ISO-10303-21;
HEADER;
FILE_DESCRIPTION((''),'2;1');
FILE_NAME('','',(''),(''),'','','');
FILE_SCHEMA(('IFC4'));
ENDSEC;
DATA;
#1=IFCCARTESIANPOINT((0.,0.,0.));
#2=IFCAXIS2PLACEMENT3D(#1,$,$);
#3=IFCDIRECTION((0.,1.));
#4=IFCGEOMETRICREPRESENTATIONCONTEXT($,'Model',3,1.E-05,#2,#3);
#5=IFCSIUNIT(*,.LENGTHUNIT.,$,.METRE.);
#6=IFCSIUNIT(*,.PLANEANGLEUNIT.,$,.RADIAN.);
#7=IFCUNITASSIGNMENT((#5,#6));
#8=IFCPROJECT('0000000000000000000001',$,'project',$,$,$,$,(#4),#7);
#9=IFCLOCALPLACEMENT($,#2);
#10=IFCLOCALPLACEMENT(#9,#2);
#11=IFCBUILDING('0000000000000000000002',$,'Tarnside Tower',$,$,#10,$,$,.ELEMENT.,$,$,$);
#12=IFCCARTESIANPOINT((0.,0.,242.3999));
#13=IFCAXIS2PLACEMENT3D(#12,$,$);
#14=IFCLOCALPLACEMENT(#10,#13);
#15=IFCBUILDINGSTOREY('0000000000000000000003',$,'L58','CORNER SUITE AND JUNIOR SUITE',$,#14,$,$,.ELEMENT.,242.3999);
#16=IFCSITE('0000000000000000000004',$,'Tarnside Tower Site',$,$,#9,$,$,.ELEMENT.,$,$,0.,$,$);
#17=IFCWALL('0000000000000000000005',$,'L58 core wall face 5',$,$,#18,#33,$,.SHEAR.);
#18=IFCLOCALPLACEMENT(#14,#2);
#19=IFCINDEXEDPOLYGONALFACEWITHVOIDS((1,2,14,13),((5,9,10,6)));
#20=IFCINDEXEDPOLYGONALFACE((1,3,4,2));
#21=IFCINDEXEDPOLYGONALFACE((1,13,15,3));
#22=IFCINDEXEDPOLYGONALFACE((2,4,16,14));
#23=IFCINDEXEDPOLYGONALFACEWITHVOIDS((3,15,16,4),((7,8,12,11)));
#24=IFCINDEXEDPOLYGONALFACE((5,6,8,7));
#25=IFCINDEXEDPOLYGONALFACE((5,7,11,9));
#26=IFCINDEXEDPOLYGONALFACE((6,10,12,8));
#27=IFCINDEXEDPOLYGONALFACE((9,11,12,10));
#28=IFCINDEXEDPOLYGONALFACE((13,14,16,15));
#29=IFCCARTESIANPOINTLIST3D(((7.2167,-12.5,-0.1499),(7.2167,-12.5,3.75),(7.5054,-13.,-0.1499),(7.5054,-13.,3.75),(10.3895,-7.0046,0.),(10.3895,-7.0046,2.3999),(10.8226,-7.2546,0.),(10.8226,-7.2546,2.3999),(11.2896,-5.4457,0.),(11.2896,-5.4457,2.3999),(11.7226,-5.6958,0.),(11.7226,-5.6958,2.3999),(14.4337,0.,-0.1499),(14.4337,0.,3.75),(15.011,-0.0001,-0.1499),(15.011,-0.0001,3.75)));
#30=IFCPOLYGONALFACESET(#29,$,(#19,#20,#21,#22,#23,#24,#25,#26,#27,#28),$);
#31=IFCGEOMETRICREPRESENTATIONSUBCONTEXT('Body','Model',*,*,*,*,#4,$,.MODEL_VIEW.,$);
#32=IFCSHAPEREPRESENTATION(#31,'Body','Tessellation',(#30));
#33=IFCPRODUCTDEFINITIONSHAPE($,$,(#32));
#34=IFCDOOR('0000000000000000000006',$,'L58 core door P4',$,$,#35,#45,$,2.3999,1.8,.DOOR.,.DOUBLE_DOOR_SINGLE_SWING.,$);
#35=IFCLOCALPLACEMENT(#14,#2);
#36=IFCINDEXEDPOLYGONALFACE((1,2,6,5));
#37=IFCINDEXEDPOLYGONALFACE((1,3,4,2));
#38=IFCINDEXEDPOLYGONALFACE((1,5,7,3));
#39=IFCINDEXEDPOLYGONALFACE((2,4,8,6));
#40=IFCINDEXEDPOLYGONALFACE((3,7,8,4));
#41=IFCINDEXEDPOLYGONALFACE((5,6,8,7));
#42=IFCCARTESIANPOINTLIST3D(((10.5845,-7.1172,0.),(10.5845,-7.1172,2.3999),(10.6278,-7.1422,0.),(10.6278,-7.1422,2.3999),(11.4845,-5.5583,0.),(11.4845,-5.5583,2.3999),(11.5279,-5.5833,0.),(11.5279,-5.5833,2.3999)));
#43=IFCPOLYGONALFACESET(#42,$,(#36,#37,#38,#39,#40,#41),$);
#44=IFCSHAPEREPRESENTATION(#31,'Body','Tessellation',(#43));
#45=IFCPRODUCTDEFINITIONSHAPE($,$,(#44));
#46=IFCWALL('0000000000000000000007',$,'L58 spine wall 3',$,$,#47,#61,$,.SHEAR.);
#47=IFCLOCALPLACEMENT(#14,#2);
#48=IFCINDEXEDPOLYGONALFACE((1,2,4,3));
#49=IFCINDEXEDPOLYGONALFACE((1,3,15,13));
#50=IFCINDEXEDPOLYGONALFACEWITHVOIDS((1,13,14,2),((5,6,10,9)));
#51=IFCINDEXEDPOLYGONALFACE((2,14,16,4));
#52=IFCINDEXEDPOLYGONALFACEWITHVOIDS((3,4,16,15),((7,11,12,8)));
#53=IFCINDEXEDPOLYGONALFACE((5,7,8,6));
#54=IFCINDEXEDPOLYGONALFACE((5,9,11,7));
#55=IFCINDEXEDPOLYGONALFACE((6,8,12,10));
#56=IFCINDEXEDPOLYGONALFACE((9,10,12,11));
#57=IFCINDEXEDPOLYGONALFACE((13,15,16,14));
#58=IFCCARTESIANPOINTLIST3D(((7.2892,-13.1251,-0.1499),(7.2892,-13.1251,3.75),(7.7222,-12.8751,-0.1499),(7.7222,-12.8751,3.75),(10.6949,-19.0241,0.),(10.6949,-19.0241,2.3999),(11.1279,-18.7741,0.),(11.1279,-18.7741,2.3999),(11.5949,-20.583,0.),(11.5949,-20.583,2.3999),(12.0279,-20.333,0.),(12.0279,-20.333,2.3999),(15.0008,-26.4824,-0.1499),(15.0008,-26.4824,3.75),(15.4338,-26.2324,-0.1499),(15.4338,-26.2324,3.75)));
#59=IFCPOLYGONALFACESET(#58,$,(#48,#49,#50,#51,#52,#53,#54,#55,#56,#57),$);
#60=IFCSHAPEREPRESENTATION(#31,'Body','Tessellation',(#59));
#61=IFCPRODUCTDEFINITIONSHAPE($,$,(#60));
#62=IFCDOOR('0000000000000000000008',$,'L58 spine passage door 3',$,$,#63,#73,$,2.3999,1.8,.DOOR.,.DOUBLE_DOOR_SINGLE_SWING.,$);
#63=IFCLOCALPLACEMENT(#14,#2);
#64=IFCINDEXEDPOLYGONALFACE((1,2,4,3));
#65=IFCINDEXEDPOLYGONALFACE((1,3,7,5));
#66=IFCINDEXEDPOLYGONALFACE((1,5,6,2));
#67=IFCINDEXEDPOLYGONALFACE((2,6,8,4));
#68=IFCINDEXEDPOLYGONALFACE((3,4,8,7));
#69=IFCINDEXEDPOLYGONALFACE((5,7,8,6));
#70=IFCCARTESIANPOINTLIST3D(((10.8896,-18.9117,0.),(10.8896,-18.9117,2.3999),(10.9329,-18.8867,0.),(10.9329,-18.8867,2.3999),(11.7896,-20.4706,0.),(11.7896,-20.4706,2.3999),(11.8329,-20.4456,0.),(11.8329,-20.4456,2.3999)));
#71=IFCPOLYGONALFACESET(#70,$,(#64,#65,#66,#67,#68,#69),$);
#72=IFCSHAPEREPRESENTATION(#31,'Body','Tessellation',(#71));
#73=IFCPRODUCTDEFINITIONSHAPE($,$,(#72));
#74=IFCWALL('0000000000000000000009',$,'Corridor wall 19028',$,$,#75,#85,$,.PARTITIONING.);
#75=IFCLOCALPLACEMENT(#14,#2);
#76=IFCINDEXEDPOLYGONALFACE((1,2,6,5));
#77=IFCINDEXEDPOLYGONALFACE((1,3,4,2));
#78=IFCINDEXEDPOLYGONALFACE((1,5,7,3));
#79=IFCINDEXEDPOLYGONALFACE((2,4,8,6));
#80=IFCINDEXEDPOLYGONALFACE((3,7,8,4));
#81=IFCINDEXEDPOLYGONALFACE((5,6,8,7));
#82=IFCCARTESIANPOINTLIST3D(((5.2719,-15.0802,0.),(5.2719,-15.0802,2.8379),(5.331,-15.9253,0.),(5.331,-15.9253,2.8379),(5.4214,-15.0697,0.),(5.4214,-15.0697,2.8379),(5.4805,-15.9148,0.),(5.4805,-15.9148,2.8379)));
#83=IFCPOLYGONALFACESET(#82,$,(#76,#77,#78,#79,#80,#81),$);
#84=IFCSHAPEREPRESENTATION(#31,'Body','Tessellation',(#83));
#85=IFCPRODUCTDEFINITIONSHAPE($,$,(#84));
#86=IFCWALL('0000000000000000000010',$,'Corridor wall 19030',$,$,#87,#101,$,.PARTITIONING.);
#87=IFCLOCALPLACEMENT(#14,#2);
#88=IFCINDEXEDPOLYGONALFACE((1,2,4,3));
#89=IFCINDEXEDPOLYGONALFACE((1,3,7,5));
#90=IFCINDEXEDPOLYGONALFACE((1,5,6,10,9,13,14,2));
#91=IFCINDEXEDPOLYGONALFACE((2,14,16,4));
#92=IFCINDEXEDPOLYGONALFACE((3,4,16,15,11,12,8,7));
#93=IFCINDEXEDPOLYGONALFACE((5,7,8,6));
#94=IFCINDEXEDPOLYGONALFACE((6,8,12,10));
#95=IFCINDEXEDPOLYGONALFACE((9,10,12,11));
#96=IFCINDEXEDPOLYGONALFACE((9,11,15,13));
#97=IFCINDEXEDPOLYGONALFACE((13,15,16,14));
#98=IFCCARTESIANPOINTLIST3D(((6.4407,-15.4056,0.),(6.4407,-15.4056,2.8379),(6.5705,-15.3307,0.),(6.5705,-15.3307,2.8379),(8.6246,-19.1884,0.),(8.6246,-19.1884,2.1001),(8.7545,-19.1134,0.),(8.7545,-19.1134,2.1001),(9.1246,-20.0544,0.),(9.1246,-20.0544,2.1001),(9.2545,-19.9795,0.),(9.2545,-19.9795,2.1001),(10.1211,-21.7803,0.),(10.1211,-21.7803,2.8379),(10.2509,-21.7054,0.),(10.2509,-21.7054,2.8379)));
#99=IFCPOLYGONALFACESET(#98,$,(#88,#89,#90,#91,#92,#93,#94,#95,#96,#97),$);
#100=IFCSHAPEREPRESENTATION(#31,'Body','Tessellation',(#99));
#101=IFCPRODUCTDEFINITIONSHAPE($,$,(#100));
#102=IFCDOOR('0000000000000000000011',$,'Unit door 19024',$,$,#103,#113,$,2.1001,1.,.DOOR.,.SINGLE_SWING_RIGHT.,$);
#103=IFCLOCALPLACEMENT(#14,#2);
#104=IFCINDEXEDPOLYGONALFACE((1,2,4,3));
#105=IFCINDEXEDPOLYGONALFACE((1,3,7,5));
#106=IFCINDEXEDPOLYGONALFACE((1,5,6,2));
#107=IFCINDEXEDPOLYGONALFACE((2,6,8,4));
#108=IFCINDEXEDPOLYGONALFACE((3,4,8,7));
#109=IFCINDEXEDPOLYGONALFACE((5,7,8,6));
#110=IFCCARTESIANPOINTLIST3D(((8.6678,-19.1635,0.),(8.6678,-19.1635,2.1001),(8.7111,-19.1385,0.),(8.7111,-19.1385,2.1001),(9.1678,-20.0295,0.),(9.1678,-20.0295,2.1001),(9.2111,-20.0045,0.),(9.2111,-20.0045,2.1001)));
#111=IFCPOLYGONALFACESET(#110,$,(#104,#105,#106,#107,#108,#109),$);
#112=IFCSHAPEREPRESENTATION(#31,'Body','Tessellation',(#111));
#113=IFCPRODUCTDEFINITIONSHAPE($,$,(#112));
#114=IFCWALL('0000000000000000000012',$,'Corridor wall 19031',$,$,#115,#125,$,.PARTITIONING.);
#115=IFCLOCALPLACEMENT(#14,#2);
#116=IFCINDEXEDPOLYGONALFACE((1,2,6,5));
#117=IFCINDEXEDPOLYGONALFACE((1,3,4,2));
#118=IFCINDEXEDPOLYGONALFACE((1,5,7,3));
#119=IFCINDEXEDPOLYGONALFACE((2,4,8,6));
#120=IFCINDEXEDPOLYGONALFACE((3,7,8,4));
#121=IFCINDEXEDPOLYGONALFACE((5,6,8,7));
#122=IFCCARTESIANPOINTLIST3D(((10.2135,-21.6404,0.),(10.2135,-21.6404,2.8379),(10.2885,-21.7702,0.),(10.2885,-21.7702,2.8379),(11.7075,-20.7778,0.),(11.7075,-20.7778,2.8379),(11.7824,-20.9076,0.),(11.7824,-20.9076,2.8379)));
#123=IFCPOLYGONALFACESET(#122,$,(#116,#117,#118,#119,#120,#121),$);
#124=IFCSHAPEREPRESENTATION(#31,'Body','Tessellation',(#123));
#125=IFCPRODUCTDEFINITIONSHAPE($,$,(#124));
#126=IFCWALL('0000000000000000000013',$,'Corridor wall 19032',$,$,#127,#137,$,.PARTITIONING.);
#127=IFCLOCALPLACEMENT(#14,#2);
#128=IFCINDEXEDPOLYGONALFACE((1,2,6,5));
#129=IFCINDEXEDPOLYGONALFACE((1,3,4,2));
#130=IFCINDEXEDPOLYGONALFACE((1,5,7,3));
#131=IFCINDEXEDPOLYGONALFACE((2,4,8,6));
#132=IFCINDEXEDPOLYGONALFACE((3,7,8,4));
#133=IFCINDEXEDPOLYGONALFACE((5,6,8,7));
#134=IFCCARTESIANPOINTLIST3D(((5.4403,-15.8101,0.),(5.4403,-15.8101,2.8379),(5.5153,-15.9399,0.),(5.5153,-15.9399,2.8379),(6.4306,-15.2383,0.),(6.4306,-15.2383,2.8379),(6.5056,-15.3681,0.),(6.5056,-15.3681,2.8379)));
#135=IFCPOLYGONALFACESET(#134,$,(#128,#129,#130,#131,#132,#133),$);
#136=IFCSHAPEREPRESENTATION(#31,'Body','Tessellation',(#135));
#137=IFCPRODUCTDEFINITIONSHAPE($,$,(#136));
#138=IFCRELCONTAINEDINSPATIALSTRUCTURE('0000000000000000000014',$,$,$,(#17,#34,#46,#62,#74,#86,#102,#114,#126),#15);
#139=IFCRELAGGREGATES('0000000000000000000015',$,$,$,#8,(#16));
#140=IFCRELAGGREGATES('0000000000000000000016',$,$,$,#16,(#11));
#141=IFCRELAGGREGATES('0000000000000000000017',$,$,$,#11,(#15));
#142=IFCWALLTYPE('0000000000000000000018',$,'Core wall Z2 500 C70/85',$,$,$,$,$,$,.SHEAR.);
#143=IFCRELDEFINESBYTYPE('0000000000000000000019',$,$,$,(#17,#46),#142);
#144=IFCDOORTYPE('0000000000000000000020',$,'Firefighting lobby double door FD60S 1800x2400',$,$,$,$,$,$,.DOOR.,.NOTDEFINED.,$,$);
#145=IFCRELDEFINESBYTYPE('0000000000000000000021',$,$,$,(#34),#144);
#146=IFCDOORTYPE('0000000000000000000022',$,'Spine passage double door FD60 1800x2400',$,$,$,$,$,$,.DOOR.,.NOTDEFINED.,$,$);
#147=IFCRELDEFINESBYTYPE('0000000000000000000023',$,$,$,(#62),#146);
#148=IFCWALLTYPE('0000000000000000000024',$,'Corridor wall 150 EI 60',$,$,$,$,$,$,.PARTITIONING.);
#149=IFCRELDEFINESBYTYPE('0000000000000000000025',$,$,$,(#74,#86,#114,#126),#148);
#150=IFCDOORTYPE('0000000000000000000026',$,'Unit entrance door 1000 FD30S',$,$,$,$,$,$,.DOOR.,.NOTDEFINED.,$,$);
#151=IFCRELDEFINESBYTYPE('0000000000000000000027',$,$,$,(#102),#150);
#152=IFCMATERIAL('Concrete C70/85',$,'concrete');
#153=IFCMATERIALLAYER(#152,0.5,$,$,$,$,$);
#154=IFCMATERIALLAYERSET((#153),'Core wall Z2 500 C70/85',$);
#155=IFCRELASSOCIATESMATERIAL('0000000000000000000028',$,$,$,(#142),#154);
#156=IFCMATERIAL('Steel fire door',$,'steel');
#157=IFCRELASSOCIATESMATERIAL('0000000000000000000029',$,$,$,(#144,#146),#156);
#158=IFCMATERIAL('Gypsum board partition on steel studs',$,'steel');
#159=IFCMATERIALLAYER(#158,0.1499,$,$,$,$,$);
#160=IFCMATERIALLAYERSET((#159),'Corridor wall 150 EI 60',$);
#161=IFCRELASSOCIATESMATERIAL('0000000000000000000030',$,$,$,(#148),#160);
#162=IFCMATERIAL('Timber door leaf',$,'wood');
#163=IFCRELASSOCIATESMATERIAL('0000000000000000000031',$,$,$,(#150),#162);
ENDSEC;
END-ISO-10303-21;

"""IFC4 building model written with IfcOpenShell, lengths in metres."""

from ifc_helpers import new_model, si_unit, direction, frame, frame_2d, origin, place, context, subcontext, project, spatial, polyline, rectangle, outline, extrude, material, layer, layer_set, type_object, element, fill, save


model = new_model("IFC4")

# Units and contexts
model_context = context("Model", 3, precision=1e-05, world=origin(), true_north=direction((0.0, 1.0)))
body_context = subcontext(model_context, "Body", "Model", "MODEL_VIEW")
ifc_project = project(units=[si_unit("LENGTHUNIT", "METRE"), si_unit("PLANEANGLEUNIT", "RADIAN")], contexts=[model_context])

# Site, building, storey
site_placement = place(None, origin())
site = spatial("IfcSite", under=ifc_project, at=site_placement, Name="Tarnside Tower Site", CompositionType="ELEMENT", RefElevation=0.0)
building_placement = place(site_placement, origin())
building = spatial("IfcBuilding", under=site, at=building_placement, Name="Tarnside Tower", CompositionType="ELEMENT")
storey_placement = place(building_placement, frame((0.0, 0.0, 242.3999)))
storey = spatial("IfcBuildingStorey", under=building, at=storey_placement, Name="L58", Description="CORNER SUITE AND JUNIOR SUITE", CompositionType="ELEMENT", Elevation=242.3999)

# Walls, openings, doors
ifc_material_1 = material(Name="Gypsum board partition on steel studs", Category="steel")
ifc_material_2 = material(Name="Timber door leaf", Category="wood")
ifc_material_3 = material(Name="Concrete C70/85", Category="concrete")
ifc_layer_1 = layer(ifc_material_3, 0.5)
ifc_layer_set_1 = layer_set([ifc_layer_1], Name="Core wall Z2 500 C70/85")
wall_type_1 = type_object("IfcWallType", Name="Core wall Z2 500 C70/85", PredefinedType="SHEAR", material=ifc_layer_set_1)
wall_1_placement = place(storey_placement, frame((7.3611, -12.75, -0.1499), z_axis=(0.0, 0.0, 1.0), x_axis=(0.500006, 0.866022, 0.0)))
wall_1 = element("IfcWall", 1, at=wall_1_placement, inside=storey, type_object=wall_type_1, Name="L58 core wall face 5", PredefinedType="SHEAR", context=body_context, shape_type="SweptSolid", body=[
    extrude(outline(polyline([(-0.1443, -0.25), (14.8667, -0.25), (14.5781, 0.25), (0.1443, 0.25), (-0.1443, -0.25)])), origin(), (0.0, 0.0, 1.0), 3.8999),
])
opening_1_placement = place(wall_1_placement, frame((6.49, 0.0, 0.1499)))
opening_1 = element("IfcOpeningElement", 2, at=opening_1_placement, cuts=wall_1, PredefinedType="OPENING", context=body_context, shape_type="SweptSolid", body=[
    extrude(rectangle(XDim=1.8, YDim=2.3999, at=frame_2d((0.8999, 1.2))), frame((0.0, 0.26, 0.0), z_axis=(0.0, -1.0, 0.0), x_axis=(1.0, 0.0, 0.0)), (0.0, 0.0, 1.0), 0.52),
])
ifc_material_4 = material(Name="Steel fire door", Category="steel")
door_type_1 = type_object("IfcDoorType", Name="Firefighting lobby double door FD60S 1800x2400", OperationType="NOTDEFINED", PredefinedType="DOOR", material=ifc_material_4)
door_1_placement = place(opening_1_placement, origin())
door_1 = element("IfcDoor", 3, at=door_1_placement, inside=storey, type_object=door_type_1, Name="L58 core door P4", OperationType="DOUBLE_DOOR_SINGLE_SWING", OverallHeight=2.3999, OverallWidth=1.8, PredefinedType="DOOR", context=body_context, shape_type="SweptSolid", body=[
    extrude(rectangle(XDim=1.8, YDim=2.3999, at=frame_2d((0.8999, 1.2))), frame((0.0, 0.0249, 0.0), z_axis=(0.0, -1.0, 0.0), x_axis=(1.0, 0.0, 0.0)), (0.0, 0.0, 1.0), 0.05),
])
fill(opening_1, door_1)
wall_2_placement = place(storey_placement, frame((7.5056, -13.0, -0.1499), z_axis=(0.0, 0.0, 1.0), x_axis=(0.499988, -0.866032, 0.0)))
wall_2 = element("IfcWall", 4, at=wall_2_placement, inside=storey, type_object=wall_type_1, Name="L58 spine wall 3", PredefinedType="SHEAR", context=body_context, shape_type="SweptSolid", body=[
    extrude(rectangle(XDim=15.4236, YDim=0.5, at=frame_2d((7.7119, 0.0))), origin(), (0.0, 0.0, 1.0), 3.8999),
])
opening_2_placement = place(wall_2_placement, frame((6.8118, 0.0, 0.1499)))
opening_2 = element("IfcOpeningElement", 5, at=opening_2_placement, cuts=wall_2, PredefinedType="OPENING", context=body_context, shape_type="SweptSolid", body=[
    extrude(rectangle(XDim=1.8, YDim=2.3999, at=frame_2d((0.8999, 1.2))), frame((0.0, 0.26, 0.0), z_axis=(0.0, -1.0, 0.0), x_axis=(1.0, 0.0, 0.0)), (0.0, 0.0, 1.0), 0.52),
])
door_type_2 = type_object("IfcDoorType", Name="Spine passage double door FD60 1800x2400", OperationType="NOTDEFINED", PredefinedType="DOOR", material=ifc_material_4)
door_2_placement = place(opening_2_placement, origin())
door_2 = element("IfcDoor", 6, at=door_2_placement, inside=storey, type_object=door_type_2, Name="L58 spine passage door 3", OperationType="DOUBLE_DOOR_SINGLE_SWING", OverallHeight=2.3999, OverallWidth=1.8, PredefinedType="DOOR", context=body_context, shape_type="SweptSolid", body=[
    extrude(rectangle(XDim=1.8, YDim=2.3999, at=frame_2d((0.8999, 1.2))), frame((0.0, 0.0249, 0.0), z_axis=(0.0, -1.0, 0.0), x_axis=(1.0, 0.0, 0.0)), (0.0, 0.0, 1.0), 0.05),
])
fill(opening_2, door_2)

# Wall
ifc_layer_2 = layer(ifc_material_1, 0.1499)
ifc_layer_set_2 = layer_set([ifc_layer_2], Name="Corridor wall 150 EI 60")
wall_type_2 = type_object("IfcWallType", Name="Corridor wall 150 EI 60", PredefinedType="PARTITIONING", material=ifc_layer_set_2)
wall_3_placement = place(storey_placement, frame((5.3467, -15.075, 0.0), z_axis=(0.0, 0.0, 1.0), x_axis=(0.069732, -0.997566, 0.0)))
element("IfcWall", 7, at=wall_3_placement, inside=storey, type_object=wall_type_2, Name="Corridor wall 19028", PredefinedType="PARTITIONING", context=body_context, shape_type="SweptSolid", body=[
    extrude(rectangle(XDim=0.8472, YDim=0.1499, at=frame_2d((0.4236, 0.0))), origin(), (0.0, 0.0, 1.0), 2.8379),
])

# Wall, opening, door
wall_4_placement = place(storey_placement, frame((6.5056, -15.3682, 0.0), z_axis=(0.0, 0.0, 1.0), x_axis=(0.499995, -0.866028, 0.0)))
wall_4 = element("IfcWall", 8, at=wall_4_placement, inside=storey, type_object=wall_type_2, Name="Corridor wall 19030", PredefinedType="PARTITIONING", context=body_context, shape_type="SweptSolid", body=[
    extrude(rectangle(XDim=7.3608, YDim=0.1499, at=frame_2d((3.6804, 0.0))), origin(), (0.0, 0.0, 1.0), 2.8379),
])
opening_3_placement = place(wall_4_placement, frame((4.3679, 0.0, 0.0)))
opening_3 = element("IfcOpeningElement", 9, at=opening_3_placement, cuts=wall_4, PredefinedType="OPENING", context=body_context, shape_type="SweptSolid", body=[
    extrude(rectangle(XDim=1.0, YDim=2.1001, at=frame_2d((0.5, 1.05))), frame((0.0, 0.085, 0.0), z_axis=(0.0, -1.0, 0.0), x_axis=(1.0, 0.0, 0.0)), (0.0, 0.0, 1.0), 0.1699),
])
door_type_3 = type_object("IfcDoorType", Name="Unit entrance door 1000 FD30S", OperationType="NOTDEFINED", PredefinedType="DOOR", material=ifc_material_2)
door_3_placement = place(opening_3_placement, origin())
door_3 = element("IfcDoor", 10, at=door_3_placement, inside=storey, type_object=door_type_3, Name="Unit door 19024", OperationType="SINGLE_SWING_RIGHT", OverallHeight=2.1001, OverallWidth=1.0, PredefinedType="DOOR", context=body_context, shape_type="SweptSolid", body=[
    extrude(rectangle(XDim=1.0, YDim=2.1001, at=frame_2d((0.5, 1.05))), frame((0.0, 0.0249, 0.0), z_axis=(0.0, -1.0, 0.0), x_axis=(1.0, 0.0, 0.0)), (0.0, 0.0, 1.0), 0.05),
])
fill(opening_3, door_3)

# Walls
wall_5_placement = place(storey_placement, frame((10.251, -21.7053, 0.0), z_axis=(0.0, 0.0, 1.0), x_axis=(0.866014, 0.500021, 0.0)))
element("IfcWall", 11, at=wall_5_placement, inside=storey, type_object=wall_type_2, Name="Corridor wall 19031", PredefinedType="PARTITIONING", context=body_context, shape_type="SweptSolid", body=[
    extrude(rectangle(XDim=1.7251, YDim=0.1499, at=frame_2d((0.8625, 0.0))), origin(), (0.0, 0.0, 1.0), 2.8379),
])
wall_6_placement = place(storey_placement, frame((5.4778, -15.875, 0.0), z_axis=(0.0, 0.0, 1.0), x_axis=(0.866001, 0.500043, 0.0)))
element("IfcWall", 12, at=wall_6_placement, inside=storey, type_object=wall_type_2, Name="Corridor wall 19032", PredefinedType="PARTITIONING", context=body_context, shape_type="SweptSolid", body=[
    extrude(rectangle(XDim=1.1436, YDim=0.1499, at=frame_2d((0.5718, 0.0))), origin(), (0.0, 0.0, 1.0), 2.8379),
])

save(model, "model.ifc")
